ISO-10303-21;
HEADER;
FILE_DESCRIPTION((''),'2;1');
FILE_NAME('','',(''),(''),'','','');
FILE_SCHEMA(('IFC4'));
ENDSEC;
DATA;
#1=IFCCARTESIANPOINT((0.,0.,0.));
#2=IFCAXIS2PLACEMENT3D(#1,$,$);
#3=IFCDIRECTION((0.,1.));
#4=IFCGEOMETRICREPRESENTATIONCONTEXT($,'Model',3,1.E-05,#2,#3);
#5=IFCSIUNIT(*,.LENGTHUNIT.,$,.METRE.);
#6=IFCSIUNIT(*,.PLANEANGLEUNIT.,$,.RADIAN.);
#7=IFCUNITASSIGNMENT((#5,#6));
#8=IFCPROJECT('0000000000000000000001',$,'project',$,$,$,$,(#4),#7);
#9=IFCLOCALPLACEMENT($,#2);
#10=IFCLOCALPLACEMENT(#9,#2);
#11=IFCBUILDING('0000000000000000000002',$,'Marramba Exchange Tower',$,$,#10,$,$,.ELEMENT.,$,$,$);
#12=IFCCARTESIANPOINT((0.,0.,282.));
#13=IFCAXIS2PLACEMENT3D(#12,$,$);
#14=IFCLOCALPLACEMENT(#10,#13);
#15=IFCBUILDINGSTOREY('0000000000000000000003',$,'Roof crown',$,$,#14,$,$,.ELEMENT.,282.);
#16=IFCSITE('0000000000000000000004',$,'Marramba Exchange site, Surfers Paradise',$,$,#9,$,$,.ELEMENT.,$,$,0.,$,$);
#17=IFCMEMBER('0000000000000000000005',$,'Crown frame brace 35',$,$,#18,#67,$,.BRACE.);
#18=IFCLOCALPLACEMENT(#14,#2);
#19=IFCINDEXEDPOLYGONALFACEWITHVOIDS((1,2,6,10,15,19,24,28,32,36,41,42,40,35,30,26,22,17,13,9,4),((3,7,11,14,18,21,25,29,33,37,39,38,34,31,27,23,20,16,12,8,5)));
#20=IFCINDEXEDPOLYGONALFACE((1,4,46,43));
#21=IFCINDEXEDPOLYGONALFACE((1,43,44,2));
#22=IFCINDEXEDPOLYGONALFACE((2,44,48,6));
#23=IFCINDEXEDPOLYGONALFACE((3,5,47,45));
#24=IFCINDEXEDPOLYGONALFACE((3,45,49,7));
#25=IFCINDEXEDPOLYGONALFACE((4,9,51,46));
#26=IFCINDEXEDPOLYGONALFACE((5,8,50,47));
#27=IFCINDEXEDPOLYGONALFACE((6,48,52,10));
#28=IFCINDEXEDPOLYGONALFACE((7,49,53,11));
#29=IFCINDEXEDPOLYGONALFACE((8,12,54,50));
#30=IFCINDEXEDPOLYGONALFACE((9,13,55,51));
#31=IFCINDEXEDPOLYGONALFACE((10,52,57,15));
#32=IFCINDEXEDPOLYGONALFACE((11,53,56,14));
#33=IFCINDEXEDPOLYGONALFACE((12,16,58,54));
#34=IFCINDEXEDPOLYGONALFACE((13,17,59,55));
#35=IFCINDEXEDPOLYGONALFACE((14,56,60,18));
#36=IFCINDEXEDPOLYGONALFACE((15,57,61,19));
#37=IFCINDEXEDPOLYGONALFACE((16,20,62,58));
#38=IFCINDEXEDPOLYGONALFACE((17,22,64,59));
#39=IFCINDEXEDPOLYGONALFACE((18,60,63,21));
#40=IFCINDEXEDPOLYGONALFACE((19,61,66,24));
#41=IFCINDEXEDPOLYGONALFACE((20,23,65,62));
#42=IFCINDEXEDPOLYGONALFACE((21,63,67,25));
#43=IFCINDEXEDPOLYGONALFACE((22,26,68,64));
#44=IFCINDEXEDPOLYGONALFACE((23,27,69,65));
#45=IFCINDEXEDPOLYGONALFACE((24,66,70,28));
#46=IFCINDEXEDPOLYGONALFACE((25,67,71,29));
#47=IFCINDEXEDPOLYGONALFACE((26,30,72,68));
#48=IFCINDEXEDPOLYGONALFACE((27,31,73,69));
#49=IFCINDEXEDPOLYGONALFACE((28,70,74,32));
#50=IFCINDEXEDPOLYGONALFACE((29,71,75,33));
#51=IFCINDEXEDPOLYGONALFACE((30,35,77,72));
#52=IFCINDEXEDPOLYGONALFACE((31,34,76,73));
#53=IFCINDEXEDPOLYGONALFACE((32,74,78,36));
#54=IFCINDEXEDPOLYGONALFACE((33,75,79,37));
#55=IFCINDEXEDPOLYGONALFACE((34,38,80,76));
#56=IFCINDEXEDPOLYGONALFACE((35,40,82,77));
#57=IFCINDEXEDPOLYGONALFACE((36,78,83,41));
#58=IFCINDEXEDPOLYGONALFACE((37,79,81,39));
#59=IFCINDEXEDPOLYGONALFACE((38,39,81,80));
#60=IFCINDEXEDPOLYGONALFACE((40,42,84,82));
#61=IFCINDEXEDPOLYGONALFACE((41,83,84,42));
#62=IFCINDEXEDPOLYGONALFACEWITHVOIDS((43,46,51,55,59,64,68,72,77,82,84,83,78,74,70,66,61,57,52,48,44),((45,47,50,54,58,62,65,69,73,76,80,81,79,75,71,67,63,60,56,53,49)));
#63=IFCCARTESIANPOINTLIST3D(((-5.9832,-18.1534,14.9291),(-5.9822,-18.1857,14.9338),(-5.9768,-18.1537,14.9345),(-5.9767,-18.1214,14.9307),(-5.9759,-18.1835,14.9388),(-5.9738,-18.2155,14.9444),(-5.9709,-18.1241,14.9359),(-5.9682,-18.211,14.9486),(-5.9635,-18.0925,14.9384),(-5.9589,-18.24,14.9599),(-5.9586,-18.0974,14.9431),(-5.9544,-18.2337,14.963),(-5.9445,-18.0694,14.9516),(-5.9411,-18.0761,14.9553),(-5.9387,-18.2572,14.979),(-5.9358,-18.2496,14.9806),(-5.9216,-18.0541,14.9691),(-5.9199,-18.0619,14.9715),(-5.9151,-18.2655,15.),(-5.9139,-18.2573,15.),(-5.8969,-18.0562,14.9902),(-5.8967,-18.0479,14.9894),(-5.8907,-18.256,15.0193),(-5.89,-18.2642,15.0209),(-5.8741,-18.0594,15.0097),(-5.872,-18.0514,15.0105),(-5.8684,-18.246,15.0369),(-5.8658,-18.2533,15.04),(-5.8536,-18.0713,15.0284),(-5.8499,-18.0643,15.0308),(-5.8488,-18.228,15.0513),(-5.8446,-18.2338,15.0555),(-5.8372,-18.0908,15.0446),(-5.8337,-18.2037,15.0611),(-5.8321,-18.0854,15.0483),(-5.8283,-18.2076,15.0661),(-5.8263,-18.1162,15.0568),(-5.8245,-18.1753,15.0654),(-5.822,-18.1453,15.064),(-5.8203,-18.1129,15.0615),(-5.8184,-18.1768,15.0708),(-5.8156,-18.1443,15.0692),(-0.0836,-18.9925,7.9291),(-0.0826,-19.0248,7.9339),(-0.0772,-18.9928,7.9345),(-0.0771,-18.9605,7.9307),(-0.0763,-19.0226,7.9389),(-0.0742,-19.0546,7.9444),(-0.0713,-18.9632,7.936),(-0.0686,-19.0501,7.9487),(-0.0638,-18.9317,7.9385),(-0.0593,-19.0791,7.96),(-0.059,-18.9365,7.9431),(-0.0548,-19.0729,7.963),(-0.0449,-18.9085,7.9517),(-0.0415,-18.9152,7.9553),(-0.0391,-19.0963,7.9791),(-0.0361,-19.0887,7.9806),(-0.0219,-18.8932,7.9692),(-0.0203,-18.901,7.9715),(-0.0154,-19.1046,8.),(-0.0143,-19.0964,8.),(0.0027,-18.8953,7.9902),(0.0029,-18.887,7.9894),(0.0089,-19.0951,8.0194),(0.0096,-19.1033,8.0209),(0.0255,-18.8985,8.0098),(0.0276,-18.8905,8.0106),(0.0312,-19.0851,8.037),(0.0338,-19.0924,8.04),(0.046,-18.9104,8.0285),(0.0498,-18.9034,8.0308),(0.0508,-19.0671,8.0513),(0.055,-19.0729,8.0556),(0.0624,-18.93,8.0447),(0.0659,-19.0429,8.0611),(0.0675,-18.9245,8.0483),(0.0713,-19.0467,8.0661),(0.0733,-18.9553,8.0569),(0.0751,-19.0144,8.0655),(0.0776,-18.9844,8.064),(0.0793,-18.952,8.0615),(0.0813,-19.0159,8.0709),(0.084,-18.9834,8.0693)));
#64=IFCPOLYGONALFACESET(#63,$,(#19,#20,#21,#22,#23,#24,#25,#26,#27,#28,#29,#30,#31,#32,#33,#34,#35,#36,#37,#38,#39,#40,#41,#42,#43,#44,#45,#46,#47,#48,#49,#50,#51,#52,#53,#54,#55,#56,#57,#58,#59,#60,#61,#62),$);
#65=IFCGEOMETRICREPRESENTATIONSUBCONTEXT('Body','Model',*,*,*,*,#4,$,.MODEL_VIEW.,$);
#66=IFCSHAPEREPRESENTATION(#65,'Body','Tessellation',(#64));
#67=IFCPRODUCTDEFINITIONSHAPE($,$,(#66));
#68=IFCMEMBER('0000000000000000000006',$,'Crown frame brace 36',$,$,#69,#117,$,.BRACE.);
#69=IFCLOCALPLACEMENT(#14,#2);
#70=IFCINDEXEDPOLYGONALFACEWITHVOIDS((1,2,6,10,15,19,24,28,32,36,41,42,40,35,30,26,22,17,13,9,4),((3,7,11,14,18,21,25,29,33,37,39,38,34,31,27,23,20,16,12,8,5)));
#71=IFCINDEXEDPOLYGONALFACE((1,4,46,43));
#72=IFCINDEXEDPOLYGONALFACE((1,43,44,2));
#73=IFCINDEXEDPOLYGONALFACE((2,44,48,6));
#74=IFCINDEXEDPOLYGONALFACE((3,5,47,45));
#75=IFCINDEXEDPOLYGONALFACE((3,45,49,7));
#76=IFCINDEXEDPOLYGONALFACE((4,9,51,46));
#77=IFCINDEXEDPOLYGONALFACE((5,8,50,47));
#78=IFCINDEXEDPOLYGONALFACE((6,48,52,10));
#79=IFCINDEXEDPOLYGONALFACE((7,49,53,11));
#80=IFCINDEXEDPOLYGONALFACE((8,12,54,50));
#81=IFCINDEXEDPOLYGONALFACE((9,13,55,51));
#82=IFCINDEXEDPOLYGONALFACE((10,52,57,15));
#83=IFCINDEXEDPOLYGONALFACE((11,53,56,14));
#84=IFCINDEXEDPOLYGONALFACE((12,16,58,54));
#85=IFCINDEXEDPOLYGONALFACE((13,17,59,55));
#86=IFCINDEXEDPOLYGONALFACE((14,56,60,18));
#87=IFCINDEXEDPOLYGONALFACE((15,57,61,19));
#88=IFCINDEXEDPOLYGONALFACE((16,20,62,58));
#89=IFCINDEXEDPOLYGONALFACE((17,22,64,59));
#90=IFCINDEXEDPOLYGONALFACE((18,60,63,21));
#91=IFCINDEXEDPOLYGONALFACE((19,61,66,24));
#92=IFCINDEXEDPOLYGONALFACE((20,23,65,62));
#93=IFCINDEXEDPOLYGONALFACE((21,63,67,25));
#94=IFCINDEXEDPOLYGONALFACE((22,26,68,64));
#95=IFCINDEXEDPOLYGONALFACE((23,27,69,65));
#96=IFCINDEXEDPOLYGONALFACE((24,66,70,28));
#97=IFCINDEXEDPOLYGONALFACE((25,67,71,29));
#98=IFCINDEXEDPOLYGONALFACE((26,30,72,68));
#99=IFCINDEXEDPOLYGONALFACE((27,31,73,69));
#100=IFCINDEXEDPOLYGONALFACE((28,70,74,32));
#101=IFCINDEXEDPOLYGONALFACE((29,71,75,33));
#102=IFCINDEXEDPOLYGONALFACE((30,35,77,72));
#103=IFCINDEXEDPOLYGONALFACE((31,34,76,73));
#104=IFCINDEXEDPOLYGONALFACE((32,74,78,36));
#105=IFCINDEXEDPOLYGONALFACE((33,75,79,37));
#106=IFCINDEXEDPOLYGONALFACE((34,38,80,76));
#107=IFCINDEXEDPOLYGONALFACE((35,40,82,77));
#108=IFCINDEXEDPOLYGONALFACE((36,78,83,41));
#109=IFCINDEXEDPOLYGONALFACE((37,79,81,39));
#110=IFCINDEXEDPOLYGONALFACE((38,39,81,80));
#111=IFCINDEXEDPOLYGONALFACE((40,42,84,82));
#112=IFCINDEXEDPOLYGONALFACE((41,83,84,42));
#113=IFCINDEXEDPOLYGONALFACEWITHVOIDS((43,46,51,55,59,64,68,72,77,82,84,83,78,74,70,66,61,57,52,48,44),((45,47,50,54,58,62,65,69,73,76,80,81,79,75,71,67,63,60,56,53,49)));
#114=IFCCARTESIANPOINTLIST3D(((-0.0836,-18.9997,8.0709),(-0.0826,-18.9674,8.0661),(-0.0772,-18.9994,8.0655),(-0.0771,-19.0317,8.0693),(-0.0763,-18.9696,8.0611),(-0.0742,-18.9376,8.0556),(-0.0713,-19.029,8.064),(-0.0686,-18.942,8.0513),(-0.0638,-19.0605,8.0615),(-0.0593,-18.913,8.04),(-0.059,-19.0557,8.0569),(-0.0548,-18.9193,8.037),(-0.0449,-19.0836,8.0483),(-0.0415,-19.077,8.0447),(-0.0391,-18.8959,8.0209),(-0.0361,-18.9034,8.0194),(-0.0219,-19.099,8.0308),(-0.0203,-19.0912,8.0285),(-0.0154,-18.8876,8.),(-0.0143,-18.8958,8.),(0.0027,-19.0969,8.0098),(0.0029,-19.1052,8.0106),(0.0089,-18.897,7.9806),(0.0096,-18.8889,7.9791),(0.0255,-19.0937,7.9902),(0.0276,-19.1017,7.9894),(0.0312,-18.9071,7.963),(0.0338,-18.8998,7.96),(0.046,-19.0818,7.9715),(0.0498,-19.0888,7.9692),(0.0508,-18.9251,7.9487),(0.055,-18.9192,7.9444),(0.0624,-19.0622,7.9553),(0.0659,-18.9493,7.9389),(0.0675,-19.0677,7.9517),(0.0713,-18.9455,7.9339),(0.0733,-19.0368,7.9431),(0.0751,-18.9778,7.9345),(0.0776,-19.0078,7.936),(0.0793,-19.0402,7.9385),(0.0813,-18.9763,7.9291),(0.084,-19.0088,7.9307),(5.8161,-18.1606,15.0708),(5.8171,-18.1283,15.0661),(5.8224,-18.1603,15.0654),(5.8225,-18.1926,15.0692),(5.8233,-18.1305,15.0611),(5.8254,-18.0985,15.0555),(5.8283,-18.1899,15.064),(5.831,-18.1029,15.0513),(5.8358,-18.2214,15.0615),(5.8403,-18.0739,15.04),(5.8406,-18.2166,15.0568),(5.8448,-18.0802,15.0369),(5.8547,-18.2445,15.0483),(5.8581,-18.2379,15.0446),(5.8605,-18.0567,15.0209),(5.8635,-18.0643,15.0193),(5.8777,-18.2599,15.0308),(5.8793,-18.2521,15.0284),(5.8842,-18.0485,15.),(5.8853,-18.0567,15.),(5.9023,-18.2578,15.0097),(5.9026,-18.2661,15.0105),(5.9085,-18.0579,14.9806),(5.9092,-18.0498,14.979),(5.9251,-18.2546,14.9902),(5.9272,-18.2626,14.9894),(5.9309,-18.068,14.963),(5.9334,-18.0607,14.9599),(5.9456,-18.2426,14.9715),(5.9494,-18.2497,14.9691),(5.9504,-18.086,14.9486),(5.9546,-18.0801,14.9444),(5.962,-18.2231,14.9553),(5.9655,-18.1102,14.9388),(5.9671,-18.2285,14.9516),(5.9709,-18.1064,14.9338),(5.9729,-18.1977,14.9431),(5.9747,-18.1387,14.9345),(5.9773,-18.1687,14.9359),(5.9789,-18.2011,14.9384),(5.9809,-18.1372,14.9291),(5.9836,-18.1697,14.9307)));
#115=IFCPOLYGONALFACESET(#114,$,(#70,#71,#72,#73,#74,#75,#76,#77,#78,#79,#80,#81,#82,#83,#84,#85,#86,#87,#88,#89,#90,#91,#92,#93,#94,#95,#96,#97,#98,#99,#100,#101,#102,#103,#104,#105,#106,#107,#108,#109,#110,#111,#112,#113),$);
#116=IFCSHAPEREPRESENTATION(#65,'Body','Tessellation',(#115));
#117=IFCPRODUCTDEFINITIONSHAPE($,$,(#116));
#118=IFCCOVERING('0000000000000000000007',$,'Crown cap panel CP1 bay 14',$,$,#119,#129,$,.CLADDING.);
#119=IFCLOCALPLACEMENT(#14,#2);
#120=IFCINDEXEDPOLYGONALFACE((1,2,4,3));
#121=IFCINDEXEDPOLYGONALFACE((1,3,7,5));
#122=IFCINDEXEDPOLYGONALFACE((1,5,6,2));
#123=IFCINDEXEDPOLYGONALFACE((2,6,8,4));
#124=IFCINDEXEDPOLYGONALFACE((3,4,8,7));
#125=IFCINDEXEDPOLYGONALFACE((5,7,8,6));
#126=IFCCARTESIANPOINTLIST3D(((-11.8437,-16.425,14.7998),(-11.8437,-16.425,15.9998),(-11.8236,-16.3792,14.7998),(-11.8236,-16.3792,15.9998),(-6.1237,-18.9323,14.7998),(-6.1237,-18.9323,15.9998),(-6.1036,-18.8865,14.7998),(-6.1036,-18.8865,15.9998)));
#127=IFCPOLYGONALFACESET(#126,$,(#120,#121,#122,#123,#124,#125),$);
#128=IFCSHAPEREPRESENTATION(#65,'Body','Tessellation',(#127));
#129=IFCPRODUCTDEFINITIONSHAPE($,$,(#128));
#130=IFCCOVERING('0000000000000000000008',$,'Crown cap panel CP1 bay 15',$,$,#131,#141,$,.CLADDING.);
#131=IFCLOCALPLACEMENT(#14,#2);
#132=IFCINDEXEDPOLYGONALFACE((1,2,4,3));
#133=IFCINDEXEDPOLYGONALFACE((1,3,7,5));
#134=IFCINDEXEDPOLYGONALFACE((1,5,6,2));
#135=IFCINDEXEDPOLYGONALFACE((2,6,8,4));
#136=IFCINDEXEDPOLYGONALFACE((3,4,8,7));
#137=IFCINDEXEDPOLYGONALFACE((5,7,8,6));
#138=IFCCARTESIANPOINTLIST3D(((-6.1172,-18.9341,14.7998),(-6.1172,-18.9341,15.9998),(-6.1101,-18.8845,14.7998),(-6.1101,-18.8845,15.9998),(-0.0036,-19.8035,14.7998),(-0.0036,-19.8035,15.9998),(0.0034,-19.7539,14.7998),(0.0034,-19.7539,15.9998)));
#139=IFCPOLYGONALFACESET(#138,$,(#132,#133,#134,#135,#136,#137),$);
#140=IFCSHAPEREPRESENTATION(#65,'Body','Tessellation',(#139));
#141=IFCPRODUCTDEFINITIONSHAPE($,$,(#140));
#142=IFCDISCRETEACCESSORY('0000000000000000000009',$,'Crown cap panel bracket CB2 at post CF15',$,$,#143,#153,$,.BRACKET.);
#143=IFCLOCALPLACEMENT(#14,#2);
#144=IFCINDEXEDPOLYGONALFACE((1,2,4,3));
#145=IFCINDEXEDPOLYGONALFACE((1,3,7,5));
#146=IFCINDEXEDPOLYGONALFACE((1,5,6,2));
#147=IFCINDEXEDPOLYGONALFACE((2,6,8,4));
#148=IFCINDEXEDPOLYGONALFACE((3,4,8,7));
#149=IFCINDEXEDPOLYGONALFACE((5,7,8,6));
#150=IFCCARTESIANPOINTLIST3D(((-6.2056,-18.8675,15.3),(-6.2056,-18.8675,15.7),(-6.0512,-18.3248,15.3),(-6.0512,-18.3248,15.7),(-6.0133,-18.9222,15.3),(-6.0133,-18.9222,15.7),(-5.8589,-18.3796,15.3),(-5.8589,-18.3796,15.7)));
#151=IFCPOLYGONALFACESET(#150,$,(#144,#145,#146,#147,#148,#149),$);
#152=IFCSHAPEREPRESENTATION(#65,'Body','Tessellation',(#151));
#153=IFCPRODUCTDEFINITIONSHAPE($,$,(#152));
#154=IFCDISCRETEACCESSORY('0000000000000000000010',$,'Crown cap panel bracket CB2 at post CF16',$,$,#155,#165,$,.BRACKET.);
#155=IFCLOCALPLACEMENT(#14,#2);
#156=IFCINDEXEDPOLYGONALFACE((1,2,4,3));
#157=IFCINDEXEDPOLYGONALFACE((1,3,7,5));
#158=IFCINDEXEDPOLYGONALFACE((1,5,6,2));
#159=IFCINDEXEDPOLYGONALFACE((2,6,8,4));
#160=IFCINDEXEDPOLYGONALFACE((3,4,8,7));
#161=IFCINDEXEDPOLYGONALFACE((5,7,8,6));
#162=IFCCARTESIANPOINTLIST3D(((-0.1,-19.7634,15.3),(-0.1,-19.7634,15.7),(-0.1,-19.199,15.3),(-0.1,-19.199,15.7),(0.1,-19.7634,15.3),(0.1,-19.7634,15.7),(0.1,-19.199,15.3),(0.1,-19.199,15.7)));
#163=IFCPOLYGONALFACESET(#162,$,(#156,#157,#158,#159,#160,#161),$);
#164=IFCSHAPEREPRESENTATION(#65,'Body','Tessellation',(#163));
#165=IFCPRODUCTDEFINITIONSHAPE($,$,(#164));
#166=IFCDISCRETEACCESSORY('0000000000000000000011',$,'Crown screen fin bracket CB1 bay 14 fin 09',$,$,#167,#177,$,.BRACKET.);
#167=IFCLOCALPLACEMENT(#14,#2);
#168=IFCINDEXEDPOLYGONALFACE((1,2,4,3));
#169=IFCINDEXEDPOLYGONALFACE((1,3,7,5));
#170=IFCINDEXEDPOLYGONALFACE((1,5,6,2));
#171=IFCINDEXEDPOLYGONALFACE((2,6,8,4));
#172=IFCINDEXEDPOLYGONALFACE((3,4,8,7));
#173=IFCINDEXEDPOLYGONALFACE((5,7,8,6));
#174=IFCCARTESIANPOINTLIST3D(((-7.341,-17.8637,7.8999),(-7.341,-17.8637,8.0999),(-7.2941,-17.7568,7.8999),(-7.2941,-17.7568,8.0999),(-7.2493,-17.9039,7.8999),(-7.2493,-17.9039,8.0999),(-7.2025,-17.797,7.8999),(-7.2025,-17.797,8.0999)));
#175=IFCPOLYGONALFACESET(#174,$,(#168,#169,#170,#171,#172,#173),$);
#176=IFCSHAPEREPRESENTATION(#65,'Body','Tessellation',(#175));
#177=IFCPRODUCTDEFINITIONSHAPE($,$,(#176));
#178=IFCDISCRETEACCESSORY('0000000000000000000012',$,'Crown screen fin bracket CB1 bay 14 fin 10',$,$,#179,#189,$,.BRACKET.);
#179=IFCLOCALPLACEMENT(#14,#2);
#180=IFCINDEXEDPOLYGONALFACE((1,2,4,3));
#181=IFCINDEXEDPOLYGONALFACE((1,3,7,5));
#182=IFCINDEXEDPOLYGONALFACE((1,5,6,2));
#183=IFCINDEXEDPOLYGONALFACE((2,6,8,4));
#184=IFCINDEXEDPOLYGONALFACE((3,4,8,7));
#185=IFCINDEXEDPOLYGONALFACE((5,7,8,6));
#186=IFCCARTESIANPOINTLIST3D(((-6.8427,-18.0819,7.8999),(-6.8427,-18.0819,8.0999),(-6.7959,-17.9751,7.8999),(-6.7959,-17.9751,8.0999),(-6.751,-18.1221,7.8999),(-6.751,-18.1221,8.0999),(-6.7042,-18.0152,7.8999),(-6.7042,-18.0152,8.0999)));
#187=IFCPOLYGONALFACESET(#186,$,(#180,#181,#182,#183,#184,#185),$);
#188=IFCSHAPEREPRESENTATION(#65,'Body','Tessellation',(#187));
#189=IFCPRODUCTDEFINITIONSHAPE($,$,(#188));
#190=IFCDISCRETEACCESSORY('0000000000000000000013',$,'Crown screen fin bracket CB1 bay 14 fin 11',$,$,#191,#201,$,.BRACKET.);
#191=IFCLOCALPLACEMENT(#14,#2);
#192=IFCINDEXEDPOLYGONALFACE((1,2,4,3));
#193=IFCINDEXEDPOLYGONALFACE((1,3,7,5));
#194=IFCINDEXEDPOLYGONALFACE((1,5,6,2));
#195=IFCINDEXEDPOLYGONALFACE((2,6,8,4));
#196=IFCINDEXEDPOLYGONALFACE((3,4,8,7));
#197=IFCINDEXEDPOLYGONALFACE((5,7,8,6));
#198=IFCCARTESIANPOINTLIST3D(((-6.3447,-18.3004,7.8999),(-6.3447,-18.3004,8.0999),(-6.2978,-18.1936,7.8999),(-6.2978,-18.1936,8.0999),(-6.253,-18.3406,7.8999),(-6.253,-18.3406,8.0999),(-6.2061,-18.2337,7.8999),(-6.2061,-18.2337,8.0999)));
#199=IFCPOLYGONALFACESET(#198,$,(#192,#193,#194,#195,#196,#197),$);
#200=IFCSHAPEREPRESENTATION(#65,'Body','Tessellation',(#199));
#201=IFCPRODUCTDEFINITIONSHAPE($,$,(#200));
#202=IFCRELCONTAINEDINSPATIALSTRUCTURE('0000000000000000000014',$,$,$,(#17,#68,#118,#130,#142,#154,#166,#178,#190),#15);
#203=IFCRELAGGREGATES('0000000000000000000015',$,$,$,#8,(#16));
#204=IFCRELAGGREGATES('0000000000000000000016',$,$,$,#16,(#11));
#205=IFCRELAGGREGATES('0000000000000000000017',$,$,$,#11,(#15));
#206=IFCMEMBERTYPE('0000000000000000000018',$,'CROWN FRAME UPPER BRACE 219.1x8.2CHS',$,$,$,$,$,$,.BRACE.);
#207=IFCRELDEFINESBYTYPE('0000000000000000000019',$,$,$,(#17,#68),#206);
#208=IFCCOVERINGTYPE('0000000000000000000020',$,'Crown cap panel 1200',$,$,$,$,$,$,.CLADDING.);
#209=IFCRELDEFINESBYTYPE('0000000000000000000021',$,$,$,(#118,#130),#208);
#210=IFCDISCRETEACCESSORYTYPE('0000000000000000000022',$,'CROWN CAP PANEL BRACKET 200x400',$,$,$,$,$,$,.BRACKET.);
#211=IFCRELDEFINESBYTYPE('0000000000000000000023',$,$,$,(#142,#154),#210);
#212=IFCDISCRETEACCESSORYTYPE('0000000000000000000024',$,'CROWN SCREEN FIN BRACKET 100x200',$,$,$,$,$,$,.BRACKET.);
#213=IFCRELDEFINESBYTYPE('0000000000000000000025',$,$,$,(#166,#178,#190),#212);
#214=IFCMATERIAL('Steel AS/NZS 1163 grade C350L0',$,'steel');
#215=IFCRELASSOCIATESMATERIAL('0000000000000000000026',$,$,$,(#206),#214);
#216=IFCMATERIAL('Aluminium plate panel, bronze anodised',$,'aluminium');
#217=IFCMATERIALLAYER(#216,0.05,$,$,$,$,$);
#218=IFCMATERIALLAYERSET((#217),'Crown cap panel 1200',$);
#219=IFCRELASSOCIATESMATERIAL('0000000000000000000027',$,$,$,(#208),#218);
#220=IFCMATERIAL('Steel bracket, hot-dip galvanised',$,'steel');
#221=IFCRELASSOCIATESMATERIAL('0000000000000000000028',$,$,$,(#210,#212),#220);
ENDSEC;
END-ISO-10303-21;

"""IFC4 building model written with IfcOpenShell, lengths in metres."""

from ifc_helpers import new_model, si_unit, direction, frame, origin, origin_2d, place, context, subcontext, project, spatial, rectangle, hollow_circle, extrude, material, layer, layer_set, material_profile, profile_set, type_object, element, save


model = new_model("IFC4")

# Units and contexts
model_context = context("Model", 3, precision=1e-05, world=origin(), true_north=direction((0.0, 1.0)))
body_context = subcontext(model_context, "Body", "Model", "MODEL_VIEW")
ifc_project = project(units=[si_unit("LENGTHUNIT", "METRE"), si_unit("PLANEANGLEUNIT", "RADIAN")], contexts=[model_context])

# Site, building, storey
site_placement = place(None, origin())
site = spatial("IfcSite", under=ifc_project, at=site_placement, Name="Marramba Exchange site, Surfers Paradise", CompositionType="ELEMENT", RefElevation=0.0)
building_placement = place(site_placement, origin())
building = spatial("IfcBuilding", under=site, at=building_placement, Name="Marramba Exchange Tower", CompositionType="ELEMENT")
storey_placement = place(building_placement, frame((0.0, 0.0, 282.0)))
storey = spatial("IfcBuildingStorey", under=building, at=storey_placement, Name="Roof crown", CompositionType="ELEMENT", Elevation=282.0)

# Shared definitions
ifc_material_1 = material(Name="Steel AS/NZS 1163 grade C350L0", Category="steel")

# Members
ifc_material_profile_1 = material_profile(ifc_material_1, hollow_circle(Radius=0.1096, WallThickness=0.0083, at=origin_2d()), Name="219.1x8.2CHS")
ifc_profile_set_1 = profile_set([ifc_material_profile_1], Name="Steel AS/NZS 1163 grade C350L0")
member_type = type_object("IfcMemberType", Name="CROWN FRAME UPPER BRACE 219.1x8.2CHS", PredefinedType="BRACE", material=ifc_profile_set_1)
for number, where, z_axis, x_axis, name in (
    (1, (0.0, -18.9961, 8.0), (-0.64176, 0.091278, 0.761454), (-0.140813, -0.990036, 0.0), "Crown frame brace 35"),
    (2, (0.0, -18.9961, 8.0), (0.64176, 0.091278, 0.761454), (-0.140813, 0.990036, 0.0), "Crown frame brace 36"),
):
    element("IfcMember", number, at=place(storey_placement, frame(where, z_axis=z_axis, x_axis=x_axis)), inside=storey, type_object=member_type, Name=name, PredefinedType="BRACE", context=body_context, shape_type="SweptSolid", body=[
        extrude(hollow_circle(Radius=0.1096, WallThickness=0.0083, at=origin_2d()), origin(), (0.0, 0.0, 1.0), 9.1929),
    ])

# Coverings
ifc_material_2 = material(Name="Aluminium plate panel, bronze anodised", Category="aluminium")
ifc_layer = layer(ifc_material_2, 0.05)
ifc_layer_set = layer_set([ifc_layer], Name="Crown cap panel 1200")
covering_type = type_object("IfcCoveringType", Name="Crown cap panel 1200", PredefinedType="CLADDING", material=ifc_layer_set)
covering_1_placement = place(storey_placement, frame((-8.9736, -17.6558, 14.7998), z_axis=(0.0, 0.0, 1.0), x_axis=(0.915874, -0.401466, 0.0)))
element("IfcCovering", 3, at=covering_1_placement, inside=storey, type_object=covering_type, Name="Crown cap panel CP1 bay 14", PredefinedType="CLADDING", context=body_context, shape_type="SweptSolid", body=[
    extrude(rectangle(XDim=6.2454, YDim=0.05, at=origin_2d()), origin(), (0.0, 0.0, 1.0), 1.2),
])
covering_2_placement = place(storey_placement, frame((-3.0569, -19.344, 14.7998), z_axis=(0.0, 0.0, 1.0), x_axis=(0.99004, -0.140789, 0.0)))
element("IfcCovering", 4, at=covering_2_placement, inside=storey, type_object=covering_type, Name="Crown cap panel CP1 bay 15", PredefinedType="CLADDING", context=body_context, shape_type="SweptSolid", body=[
    extrude(rectangle(XDim=6.175, YDim=0.05, at=origin_2d()), origin(), (0.0, 0.0, 1.0), 1.2),
])

# Discrete accessories
ifc_material_3 = material(Name="Steel bracket, hot-dip galvanised", Category="steel")
discrete_accessory_type_1 = type_object("IfcDiscreteAccessoryType", Name="CROWN CAP PANEL BRACKET 200x400", PredefinedType="BRACKET", material=ifc_material_3)
discrete_accessory_1_placement = place(storey_placement, frame((-6.0322, -18.6235, 15.3), z_axis=(0.0, 0.0, 1.0), x_axis=(-0.273652, -0.961829, 0.0)))
element("IfcDiscreteAccessory", 5, at=discrete_accessory_1_placement, inside=storey, type_object=discrete_accessory_type_1, Name="Crown cap panel bracket CB2 at post CF15", PredefinedType="BRACKET", context=body_context, shape_type="SweptSolid", body=[
    extrude(rectangle(XDim=0.5642, YDim=0.2, at=origin_2d()), origin(), (0.0, 0.0, 1.0), 0.3999),
])
discrete_accessory_2_placement = place(storey_placement, frame((0.0, -19.4812, 15.3), z_axis=(0.0, 0.0, 1.0), x_axis=(0.0, -1.0, 0.0)))
element("IfcDiscreteAccessory", 6, at=discrete_accessory_2_placement, inside=storey, type_object=discrete_accessory_type_1, Name="Crown cap panel bracket CB2 at post CF16", PredefinedType="BRACKET", context=body_context, shape_type="SweptSolid", body=[
    extrude(rectangle(XDim=0.5645, YDim=0.2, at=origin_2d()), origin(), (0.0, 0.0, 1.0), 0.3999),
])
discrete_accessory_type_2 = type_object("IfcDiscreteAccessoryType", Name="CROWN SCREEN FIN BRACKET 100x200", PredefinedType="BRACKET", material=ifc_material_3)
for number, where, z_axis, x_axis, name in (
    (7, (-7.2717, -17.8303, 7.8999), (0.0, 0.0, 1.0), (0.915874, -0.401466, 0.0), "Crown screen fin bracket CB1 bay 14 fin 09"),
    (8, (-6.7734, -18.0486, 7.8999), (0.0, 0.0, 1.0), (0.915874, -0.401466, 0.0), "Crown screen fin bracket CB1 bay 14 fin 10"),
    (9, (-6.2754, -18.2671, 7.8999), (0.0, 0.0, 1.0), (0.915874, -0.401466, 0.0), "Crown screen fin bracket CB1 bay 14 fin 11"),
):
    element("IfcDiscreteAccessory", number, at=place(storey_placement, frame(where, z_axis=z_axis, x_axis=x_axis)), inside=storey, type_object=discrete_accessory_type_2, Name=name, PredefinedType="BRACKET", context=body_context, shape_type="SweptSolid", body=[
        extrude(rectangle(XDim=0.1001, YDim=0.1167, at=origin_2d()), origin(), (0.0, 0.0, 1.0), 0.2),
    ])

save(model, "model.ifc")
